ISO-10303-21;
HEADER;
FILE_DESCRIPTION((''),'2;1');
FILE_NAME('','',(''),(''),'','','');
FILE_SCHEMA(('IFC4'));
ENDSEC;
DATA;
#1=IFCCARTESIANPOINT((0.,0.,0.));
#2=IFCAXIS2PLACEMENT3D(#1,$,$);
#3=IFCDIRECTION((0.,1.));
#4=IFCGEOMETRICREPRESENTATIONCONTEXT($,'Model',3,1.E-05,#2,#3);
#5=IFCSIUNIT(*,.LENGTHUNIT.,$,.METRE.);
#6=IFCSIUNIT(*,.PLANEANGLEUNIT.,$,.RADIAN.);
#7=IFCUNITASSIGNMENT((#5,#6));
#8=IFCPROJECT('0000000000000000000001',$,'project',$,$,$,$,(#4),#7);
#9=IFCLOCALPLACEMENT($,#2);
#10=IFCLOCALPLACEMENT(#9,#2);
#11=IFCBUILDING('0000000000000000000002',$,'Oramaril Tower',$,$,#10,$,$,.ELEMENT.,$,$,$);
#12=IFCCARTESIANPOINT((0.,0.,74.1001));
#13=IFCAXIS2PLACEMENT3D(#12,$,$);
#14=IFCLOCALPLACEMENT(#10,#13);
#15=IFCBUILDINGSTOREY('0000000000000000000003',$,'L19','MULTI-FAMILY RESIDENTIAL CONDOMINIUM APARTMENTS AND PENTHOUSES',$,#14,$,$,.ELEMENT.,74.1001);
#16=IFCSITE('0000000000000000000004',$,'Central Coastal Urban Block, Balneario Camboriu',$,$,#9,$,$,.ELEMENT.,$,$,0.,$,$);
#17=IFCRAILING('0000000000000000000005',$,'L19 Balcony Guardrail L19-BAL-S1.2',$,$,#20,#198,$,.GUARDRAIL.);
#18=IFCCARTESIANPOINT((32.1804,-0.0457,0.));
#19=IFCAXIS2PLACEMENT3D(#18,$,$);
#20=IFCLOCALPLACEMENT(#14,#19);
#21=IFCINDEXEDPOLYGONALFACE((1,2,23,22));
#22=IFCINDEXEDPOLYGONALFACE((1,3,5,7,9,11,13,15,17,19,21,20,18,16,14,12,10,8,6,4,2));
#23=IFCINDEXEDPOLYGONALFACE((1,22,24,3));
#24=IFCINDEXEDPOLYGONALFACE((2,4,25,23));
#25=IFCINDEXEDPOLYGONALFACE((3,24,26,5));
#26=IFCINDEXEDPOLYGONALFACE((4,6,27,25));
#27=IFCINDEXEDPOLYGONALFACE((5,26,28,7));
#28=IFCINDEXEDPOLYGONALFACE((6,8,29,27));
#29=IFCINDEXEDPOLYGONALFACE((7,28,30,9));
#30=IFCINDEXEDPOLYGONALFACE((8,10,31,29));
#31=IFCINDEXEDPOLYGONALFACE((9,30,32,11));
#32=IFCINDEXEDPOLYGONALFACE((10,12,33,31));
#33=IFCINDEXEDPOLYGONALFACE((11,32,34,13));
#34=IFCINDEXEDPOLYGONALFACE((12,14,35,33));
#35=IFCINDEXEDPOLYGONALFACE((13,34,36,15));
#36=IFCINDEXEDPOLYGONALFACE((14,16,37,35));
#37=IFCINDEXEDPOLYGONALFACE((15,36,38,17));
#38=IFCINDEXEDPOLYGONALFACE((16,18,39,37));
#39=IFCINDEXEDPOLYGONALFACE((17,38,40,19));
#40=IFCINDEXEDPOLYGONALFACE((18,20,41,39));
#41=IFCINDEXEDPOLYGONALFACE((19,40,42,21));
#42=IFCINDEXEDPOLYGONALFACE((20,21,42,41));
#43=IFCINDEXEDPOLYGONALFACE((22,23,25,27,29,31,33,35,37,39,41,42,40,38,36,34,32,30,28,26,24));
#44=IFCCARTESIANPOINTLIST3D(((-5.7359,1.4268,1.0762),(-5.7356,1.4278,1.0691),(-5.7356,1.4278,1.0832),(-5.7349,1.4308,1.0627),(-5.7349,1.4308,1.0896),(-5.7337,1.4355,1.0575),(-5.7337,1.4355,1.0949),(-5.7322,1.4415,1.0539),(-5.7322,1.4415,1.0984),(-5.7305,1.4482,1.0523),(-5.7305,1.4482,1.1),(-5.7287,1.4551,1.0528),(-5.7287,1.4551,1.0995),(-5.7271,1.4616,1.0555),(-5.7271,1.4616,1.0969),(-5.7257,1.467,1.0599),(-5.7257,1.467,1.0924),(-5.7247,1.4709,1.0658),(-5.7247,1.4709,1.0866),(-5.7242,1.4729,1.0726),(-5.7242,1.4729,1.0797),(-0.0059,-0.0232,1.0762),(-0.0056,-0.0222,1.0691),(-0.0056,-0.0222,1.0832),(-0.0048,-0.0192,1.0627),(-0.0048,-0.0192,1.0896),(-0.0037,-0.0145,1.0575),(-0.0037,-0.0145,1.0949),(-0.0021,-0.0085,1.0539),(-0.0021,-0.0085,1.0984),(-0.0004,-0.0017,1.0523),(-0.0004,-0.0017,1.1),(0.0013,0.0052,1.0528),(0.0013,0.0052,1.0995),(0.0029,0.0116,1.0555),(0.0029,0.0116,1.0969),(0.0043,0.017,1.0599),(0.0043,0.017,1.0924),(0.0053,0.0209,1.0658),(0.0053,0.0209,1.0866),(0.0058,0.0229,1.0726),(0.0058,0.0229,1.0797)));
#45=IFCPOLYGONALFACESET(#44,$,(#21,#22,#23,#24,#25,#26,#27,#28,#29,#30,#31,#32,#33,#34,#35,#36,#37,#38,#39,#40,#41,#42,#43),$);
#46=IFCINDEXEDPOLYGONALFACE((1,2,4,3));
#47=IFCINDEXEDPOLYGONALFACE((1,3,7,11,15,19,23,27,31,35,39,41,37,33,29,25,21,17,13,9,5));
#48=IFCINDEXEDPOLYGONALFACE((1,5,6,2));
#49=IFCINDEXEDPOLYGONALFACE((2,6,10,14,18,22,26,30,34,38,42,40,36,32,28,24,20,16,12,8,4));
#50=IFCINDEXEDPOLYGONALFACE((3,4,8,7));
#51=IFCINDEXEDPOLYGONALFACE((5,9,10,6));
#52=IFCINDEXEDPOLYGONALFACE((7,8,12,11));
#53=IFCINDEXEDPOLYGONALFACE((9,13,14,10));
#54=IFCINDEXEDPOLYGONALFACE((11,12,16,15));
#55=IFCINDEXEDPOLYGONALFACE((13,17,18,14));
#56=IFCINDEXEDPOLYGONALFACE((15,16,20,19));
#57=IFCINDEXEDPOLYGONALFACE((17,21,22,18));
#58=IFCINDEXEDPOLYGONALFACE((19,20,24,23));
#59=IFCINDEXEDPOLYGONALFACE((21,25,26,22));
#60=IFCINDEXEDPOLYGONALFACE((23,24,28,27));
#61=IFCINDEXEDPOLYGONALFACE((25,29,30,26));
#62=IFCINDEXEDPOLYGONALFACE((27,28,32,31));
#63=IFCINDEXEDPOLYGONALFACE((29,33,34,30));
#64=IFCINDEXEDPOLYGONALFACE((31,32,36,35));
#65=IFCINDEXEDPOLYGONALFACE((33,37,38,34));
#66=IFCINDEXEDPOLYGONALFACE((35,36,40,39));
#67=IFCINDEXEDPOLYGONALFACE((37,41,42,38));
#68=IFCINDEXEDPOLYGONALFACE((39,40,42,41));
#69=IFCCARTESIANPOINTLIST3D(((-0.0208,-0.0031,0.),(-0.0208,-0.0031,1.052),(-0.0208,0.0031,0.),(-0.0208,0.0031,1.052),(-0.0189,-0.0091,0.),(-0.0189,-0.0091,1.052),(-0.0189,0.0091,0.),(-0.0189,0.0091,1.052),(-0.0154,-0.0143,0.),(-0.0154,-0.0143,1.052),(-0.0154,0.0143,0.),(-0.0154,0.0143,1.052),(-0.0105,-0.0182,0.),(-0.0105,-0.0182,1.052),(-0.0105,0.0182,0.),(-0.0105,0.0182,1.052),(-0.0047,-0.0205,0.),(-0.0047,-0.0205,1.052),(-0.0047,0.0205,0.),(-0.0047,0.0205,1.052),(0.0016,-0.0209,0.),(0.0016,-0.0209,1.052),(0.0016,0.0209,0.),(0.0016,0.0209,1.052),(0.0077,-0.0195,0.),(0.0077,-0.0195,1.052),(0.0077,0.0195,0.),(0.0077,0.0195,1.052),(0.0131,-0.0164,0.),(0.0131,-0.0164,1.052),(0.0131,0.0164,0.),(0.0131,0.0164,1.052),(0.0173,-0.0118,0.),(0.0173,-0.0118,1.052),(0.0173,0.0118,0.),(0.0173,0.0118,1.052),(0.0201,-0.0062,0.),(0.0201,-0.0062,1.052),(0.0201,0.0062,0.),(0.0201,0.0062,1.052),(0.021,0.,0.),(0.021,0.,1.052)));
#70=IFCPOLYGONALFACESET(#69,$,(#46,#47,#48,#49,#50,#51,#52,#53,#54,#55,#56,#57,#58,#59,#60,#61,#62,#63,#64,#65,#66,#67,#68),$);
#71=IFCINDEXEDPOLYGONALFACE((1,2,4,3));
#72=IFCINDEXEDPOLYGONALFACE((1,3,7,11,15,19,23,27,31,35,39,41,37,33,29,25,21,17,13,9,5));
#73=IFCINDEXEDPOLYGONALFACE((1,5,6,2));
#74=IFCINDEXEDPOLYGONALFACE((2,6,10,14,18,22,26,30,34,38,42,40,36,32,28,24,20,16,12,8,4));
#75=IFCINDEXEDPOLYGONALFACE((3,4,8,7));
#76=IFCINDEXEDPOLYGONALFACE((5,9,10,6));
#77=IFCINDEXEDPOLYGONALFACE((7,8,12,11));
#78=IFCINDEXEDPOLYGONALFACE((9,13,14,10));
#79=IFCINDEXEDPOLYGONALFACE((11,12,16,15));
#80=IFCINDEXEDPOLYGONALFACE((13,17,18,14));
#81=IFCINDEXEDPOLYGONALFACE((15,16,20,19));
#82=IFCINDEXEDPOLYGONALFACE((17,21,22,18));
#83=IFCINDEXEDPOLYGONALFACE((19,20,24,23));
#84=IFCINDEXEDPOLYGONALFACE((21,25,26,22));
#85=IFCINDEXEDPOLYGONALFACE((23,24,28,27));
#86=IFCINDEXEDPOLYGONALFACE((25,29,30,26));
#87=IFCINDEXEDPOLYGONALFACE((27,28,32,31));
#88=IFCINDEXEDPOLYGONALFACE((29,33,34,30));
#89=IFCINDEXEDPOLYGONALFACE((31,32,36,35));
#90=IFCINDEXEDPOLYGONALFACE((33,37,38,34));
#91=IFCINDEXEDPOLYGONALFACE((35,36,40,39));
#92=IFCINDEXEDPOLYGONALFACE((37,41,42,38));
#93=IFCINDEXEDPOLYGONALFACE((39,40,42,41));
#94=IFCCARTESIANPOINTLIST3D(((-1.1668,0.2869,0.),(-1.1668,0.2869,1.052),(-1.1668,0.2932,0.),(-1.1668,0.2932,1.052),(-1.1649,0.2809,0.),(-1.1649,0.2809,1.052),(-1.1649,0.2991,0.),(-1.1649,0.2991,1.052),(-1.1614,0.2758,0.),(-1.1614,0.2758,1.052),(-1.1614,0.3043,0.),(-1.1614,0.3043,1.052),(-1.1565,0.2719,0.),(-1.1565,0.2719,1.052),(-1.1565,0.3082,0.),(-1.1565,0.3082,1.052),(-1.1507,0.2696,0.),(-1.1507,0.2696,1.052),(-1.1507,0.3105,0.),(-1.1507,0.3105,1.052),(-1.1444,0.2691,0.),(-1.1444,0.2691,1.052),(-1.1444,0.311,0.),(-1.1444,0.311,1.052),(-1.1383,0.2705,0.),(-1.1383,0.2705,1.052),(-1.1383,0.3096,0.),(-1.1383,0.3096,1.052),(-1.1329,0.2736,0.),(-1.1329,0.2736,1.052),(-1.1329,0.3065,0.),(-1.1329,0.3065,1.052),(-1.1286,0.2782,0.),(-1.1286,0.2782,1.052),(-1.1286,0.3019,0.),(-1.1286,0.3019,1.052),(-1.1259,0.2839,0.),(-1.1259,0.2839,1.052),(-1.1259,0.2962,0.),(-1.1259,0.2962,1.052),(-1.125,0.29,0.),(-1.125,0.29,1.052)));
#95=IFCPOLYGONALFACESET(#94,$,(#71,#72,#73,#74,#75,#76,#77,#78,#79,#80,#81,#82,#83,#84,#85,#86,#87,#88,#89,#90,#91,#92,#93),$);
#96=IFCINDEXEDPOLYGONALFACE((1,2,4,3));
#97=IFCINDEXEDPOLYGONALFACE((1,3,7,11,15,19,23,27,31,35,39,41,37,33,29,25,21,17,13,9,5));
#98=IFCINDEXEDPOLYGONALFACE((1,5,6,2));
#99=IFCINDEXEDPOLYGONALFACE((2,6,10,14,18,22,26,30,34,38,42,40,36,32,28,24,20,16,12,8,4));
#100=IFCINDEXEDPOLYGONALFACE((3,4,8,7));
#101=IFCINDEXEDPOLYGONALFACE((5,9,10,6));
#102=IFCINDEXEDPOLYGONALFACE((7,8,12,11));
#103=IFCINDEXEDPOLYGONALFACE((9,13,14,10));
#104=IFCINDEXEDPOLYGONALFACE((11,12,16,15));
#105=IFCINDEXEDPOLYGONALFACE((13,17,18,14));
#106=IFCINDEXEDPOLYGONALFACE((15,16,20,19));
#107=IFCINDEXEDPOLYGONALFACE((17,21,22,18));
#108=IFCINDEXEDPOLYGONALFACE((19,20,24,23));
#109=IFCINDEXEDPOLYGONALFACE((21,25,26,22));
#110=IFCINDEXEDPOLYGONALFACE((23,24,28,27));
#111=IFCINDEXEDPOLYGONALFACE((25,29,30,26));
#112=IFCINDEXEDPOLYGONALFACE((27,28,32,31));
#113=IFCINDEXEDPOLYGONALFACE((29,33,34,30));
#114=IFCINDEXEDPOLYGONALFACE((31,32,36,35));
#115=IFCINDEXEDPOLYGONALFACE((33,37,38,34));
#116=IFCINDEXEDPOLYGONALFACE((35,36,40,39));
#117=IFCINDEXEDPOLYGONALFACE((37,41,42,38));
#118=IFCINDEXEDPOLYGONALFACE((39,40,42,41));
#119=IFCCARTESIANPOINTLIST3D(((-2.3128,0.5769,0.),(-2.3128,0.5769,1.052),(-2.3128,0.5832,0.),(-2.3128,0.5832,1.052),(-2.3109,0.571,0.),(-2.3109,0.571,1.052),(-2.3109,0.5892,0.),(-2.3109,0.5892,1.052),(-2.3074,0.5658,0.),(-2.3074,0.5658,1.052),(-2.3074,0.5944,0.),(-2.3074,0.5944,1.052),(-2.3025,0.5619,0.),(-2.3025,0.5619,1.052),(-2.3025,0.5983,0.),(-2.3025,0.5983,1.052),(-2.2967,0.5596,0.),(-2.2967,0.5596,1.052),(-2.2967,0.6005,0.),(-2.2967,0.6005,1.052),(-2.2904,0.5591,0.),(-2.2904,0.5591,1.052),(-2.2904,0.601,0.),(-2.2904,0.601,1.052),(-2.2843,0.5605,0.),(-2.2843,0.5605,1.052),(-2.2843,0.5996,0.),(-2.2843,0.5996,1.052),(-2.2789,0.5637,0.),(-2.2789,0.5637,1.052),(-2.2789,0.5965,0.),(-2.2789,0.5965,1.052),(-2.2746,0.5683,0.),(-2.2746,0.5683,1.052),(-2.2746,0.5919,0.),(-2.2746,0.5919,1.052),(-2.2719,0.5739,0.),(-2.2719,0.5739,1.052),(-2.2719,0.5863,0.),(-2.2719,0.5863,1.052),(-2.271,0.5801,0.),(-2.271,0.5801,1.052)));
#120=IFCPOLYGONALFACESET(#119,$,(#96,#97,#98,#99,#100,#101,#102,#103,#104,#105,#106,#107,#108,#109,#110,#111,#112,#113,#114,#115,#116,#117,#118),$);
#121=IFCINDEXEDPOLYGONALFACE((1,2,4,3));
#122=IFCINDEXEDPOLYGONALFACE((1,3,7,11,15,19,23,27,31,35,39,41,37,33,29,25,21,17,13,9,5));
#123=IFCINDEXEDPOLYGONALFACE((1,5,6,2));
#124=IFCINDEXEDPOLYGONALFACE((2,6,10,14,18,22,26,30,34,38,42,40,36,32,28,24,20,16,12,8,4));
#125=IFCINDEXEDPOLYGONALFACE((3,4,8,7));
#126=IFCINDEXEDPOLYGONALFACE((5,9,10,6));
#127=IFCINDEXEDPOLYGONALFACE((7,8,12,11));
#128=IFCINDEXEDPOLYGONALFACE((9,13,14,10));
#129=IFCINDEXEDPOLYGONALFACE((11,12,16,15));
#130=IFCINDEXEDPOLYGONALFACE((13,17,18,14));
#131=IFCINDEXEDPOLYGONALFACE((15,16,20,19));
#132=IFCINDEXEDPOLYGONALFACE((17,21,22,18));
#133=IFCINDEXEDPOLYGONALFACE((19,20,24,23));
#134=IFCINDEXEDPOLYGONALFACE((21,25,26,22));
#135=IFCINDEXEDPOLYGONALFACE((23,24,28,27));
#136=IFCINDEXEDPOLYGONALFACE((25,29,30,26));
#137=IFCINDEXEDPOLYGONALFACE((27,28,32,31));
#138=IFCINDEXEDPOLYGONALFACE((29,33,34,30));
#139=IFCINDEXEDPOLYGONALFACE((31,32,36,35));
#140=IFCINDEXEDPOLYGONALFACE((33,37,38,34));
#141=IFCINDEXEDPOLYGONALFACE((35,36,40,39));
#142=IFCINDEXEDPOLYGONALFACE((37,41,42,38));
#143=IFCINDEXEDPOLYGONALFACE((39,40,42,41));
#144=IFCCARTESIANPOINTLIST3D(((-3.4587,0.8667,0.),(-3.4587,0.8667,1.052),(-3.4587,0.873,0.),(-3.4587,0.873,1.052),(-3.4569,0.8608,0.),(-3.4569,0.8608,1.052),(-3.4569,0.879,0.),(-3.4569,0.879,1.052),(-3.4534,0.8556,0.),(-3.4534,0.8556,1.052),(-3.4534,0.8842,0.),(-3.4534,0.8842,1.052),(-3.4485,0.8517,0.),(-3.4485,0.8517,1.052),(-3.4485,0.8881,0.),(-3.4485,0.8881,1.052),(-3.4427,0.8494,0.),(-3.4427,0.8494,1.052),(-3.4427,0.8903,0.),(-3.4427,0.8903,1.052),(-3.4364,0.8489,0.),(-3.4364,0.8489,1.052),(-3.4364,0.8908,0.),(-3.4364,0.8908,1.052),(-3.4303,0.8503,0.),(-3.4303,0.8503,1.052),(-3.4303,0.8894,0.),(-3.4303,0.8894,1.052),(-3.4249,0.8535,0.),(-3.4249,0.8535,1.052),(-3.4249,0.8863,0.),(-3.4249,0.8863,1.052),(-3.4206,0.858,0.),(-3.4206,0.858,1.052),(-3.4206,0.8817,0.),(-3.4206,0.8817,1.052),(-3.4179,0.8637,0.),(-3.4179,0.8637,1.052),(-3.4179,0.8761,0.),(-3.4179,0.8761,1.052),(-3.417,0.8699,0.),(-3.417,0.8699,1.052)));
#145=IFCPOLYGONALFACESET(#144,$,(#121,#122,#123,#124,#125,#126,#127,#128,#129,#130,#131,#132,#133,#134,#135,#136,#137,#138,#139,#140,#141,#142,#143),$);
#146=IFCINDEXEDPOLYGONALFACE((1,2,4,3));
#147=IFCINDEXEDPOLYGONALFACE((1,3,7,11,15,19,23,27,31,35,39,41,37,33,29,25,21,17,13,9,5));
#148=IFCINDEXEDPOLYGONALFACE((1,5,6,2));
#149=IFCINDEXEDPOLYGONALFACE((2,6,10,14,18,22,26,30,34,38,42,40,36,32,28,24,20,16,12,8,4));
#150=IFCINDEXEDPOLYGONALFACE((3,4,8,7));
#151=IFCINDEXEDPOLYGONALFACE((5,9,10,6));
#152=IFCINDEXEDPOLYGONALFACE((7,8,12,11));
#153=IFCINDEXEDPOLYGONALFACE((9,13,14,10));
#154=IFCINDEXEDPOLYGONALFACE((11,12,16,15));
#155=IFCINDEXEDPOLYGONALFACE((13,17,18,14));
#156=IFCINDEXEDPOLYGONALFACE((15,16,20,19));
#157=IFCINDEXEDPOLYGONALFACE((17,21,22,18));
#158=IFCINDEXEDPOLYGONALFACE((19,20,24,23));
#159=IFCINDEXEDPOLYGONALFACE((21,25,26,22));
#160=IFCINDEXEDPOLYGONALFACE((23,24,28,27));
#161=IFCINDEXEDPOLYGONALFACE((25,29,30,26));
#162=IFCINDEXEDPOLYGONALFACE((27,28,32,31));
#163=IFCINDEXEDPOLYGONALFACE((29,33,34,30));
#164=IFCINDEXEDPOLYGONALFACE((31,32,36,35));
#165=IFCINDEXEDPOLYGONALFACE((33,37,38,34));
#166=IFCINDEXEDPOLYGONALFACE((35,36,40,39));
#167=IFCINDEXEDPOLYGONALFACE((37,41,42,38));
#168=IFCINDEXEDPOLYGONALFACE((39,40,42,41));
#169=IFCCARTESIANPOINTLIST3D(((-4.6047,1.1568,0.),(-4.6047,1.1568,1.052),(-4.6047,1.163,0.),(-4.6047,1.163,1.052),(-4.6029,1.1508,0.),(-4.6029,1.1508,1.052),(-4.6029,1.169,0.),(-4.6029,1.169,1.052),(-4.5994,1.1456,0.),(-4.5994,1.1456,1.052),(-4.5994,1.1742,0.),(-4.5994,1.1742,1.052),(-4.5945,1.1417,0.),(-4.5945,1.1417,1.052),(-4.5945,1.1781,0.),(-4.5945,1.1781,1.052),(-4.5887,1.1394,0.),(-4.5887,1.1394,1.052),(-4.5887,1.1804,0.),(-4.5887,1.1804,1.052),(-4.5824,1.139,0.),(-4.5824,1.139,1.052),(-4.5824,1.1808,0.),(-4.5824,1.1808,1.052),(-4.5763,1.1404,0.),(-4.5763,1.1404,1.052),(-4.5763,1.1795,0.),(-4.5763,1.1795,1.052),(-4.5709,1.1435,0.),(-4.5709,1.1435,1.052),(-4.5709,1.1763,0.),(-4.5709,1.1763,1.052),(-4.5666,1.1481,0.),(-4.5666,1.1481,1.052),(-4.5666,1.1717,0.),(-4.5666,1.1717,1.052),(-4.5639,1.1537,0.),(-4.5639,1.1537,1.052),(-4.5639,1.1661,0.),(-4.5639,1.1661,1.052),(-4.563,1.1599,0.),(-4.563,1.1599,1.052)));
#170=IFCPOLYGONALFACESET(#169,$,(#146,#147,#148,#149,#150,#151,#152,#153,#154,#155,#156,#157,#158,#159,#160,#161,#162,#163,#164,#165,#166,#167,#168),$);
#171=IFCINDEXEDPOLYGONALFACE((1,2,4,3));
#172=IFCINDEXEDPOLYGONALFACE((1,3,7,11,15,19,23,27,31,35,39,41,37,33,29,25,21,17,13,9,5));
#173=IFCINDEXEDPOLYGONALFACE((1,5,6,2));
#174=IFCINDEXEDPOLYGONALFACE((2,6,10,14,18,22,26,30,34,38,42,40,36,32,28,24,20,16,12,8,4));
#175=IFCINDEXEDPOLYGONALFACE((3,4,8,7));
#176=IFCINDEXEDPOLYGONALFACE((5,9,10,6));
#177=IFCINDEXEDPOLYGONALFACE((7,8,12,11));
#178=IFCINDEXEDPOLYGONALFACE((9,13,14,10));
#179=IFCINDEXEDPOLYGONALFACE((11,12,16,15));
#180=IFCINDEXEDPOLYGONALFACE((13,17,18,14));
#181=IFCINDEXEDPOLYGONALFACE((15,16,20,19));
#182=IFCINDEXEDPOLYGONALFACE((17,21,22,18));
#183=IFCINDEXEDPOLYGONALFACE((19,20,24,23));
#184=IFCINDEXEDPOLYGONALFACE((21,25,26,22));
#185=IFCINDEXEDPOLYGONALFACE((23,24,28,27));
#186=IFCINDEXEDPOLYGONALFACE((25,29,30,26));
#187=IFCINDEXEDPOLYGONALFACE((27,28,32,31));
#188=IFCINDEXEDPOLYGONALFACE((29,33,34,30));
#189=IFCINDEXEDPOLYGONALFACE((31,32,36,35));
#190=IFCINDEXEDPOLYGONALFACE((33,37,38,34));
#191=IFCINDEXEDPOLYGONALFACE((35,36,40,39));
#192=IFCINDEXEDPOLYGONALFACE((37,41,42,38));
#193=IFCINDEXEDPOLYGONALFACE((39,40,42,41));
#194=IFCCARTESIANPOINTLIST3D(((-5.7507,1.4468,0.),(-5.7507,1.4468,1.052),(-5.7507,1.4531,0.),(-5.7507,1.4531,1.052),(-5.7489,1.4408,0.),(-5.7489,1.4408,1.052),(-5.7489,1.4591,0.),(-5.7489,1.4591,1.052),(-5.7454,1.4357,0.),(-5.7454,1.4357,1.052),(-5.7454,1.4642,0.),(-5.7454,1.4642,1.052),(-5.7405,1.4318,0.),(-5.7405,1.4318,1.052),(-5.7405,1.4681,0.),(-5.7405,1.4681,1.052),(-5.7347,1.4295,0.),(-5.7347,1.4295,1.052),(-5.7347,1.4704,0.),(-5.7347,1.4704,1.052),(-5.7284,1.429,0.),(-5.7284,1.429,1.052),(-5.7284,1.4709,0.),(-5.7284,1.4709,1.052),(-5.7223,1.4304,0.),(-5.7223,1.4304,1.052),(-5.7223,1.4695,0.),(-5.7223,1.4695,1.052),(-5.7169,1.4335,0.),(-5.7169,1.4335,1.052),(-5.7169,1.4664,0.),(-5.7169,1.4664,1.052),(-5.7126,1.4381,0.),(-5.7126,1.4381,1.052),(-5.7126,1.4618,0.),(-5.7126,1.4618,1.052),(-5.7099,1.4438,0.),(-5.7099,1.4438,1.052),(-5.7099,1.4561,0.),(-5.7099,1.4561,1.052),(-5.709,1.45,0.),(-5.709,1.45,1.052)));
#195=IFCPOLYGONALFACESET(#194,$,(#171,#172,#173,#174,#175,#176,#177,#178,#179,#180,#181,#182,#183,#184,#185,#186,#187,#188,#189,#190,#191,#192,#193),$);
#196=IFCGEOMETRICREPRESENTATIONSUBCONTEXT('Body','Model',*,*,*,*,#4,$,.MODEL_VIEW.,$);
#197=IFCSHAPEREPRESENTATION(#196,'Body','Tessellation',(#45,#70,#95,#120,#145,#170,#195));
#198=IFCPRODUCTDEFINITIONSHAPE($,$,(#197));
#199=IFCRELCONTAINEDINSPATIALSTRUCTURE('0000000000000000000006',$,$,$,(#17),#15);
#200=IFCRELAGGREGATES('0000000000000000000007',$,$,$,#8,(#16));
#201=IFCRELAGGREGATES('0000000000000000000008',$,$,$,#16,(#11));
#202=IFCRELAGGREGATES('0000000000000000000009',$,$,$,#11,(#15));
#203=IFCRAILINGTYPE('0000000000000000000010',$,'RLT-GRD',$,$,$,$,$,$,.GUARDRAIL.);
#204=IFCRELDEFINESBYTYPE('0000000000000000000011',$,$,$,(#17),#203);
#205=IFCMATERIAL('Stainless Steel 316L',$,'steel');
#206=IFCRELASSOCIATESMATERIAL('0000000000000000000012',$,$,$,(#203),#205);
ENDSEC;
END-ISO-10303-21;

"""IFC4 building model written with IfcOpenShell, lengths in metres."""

from ifc_helpers import new_model, si_unit, direction, frame, origin, origin_2d, place, context, subcontext, project, spatial, circle, extrude, material, type_object, element, save


model = new_model("IFC4")

# Units and contexts
model_context = context("Model", 3, precision=1e-05, world=origin(), true_north=direction((0.0, 1.0)))
body_context = subcontext(model_context, "Body", "Model", "MODEL_VIEW")
ifc_project = project(units=[si_unit("LENGTHUNIT", "METRE"), si_unit("PLANEANGLEUNIT", "RADIAN")], contexts=[model_context])

# Site, building, storey
site_placement = place(None, origin())
site = spatial("IfcSite", under=ifc_project, at=site_placement, Name="Central Coastal Urban Block, Balneario Camboriu", CompositionType="ELEMENT", RefElevation=0.0)
building_placement = place(site_placement, origin())
building = spatial("IfcBuilding", under=site, at=building_placement, Name="Oramaril Tower", CompositionType="ELEMENT")
storey_placement = place(building_placement, frame((0.0, 0.0, 74.1001)))
storey = spatial("IfcBuildingStorey", under=building, at=storey_placement, Name="L19", Description="MULTI-FAMILY RESIDENTIAL CONDOMINIUM APARTMENTS AND PENTHOUSES", CompositionType="ELEMENT", Elevation=74.1001)

# Railing
ifc_material_1 = material(Name="Stainless Steel 316L", Category="steel")
railing_type = type_object("IfcRailingType", Name="RLT-GRD", PredefinedType="GUARDRAIL", material=ifc_material_1)
railing_1_placement = place(storey_placement, frame((32.1804, -0.0457, 0.0)))
element("IfcRailing", 1, at=railing_1_placement, inside=storey, type_object=railing_type, Name="L19 Balcony Guardrail L19-BAL-S1.2", PredefinedType="GUARDRAIL", context=body_context, shape_type="SweptSolid", body=[
    extrude(circle(Radius=0.0239, at=origin_2d()), frame((0.0, 0.0, 1.0762), z_axis=(-0.969444, 0.245314, 0.0), x_axis=(-0.245314, -0.969444, 0.0)), (0.0, 0.0, 1.0), 5.9106),
    extrude(circle(Radius=0.021, at=origin_2d()), origin(), (0.0, 0.0, 1.0), 1.052),
    extrude(circle(Radius=0.021, at=origin_2d()), frame((-1.146, 0.29, 0.0)), (0.0, 0.0, 1.0), 1.052),
    extrude(circle(Radius=0.021, at=origin_2d()), frame((-2.292, 0.5801, 0.0)), (0.0, 0.0, 1.0), 1.052),
    extrude(circle(Radius=0.021, at=origin_2d()), frame((-3.438, 0.8699, 0.0)), (0.0, 0.0, 1.0), 1.052),
    extrude(circle(Radius=0.021, at=origin_2d()), frame((-4.584, 1.1599, 0.0)), (0.0, 0.0, 1.0), 1.052),
    extrude(circle(Radius=0.021, at=origin_2d()), frame((-5.73, 1.45, 0.0)), (0.0, 0.0, 1.0), 1.052),
])

save(model, "model.ifc")
